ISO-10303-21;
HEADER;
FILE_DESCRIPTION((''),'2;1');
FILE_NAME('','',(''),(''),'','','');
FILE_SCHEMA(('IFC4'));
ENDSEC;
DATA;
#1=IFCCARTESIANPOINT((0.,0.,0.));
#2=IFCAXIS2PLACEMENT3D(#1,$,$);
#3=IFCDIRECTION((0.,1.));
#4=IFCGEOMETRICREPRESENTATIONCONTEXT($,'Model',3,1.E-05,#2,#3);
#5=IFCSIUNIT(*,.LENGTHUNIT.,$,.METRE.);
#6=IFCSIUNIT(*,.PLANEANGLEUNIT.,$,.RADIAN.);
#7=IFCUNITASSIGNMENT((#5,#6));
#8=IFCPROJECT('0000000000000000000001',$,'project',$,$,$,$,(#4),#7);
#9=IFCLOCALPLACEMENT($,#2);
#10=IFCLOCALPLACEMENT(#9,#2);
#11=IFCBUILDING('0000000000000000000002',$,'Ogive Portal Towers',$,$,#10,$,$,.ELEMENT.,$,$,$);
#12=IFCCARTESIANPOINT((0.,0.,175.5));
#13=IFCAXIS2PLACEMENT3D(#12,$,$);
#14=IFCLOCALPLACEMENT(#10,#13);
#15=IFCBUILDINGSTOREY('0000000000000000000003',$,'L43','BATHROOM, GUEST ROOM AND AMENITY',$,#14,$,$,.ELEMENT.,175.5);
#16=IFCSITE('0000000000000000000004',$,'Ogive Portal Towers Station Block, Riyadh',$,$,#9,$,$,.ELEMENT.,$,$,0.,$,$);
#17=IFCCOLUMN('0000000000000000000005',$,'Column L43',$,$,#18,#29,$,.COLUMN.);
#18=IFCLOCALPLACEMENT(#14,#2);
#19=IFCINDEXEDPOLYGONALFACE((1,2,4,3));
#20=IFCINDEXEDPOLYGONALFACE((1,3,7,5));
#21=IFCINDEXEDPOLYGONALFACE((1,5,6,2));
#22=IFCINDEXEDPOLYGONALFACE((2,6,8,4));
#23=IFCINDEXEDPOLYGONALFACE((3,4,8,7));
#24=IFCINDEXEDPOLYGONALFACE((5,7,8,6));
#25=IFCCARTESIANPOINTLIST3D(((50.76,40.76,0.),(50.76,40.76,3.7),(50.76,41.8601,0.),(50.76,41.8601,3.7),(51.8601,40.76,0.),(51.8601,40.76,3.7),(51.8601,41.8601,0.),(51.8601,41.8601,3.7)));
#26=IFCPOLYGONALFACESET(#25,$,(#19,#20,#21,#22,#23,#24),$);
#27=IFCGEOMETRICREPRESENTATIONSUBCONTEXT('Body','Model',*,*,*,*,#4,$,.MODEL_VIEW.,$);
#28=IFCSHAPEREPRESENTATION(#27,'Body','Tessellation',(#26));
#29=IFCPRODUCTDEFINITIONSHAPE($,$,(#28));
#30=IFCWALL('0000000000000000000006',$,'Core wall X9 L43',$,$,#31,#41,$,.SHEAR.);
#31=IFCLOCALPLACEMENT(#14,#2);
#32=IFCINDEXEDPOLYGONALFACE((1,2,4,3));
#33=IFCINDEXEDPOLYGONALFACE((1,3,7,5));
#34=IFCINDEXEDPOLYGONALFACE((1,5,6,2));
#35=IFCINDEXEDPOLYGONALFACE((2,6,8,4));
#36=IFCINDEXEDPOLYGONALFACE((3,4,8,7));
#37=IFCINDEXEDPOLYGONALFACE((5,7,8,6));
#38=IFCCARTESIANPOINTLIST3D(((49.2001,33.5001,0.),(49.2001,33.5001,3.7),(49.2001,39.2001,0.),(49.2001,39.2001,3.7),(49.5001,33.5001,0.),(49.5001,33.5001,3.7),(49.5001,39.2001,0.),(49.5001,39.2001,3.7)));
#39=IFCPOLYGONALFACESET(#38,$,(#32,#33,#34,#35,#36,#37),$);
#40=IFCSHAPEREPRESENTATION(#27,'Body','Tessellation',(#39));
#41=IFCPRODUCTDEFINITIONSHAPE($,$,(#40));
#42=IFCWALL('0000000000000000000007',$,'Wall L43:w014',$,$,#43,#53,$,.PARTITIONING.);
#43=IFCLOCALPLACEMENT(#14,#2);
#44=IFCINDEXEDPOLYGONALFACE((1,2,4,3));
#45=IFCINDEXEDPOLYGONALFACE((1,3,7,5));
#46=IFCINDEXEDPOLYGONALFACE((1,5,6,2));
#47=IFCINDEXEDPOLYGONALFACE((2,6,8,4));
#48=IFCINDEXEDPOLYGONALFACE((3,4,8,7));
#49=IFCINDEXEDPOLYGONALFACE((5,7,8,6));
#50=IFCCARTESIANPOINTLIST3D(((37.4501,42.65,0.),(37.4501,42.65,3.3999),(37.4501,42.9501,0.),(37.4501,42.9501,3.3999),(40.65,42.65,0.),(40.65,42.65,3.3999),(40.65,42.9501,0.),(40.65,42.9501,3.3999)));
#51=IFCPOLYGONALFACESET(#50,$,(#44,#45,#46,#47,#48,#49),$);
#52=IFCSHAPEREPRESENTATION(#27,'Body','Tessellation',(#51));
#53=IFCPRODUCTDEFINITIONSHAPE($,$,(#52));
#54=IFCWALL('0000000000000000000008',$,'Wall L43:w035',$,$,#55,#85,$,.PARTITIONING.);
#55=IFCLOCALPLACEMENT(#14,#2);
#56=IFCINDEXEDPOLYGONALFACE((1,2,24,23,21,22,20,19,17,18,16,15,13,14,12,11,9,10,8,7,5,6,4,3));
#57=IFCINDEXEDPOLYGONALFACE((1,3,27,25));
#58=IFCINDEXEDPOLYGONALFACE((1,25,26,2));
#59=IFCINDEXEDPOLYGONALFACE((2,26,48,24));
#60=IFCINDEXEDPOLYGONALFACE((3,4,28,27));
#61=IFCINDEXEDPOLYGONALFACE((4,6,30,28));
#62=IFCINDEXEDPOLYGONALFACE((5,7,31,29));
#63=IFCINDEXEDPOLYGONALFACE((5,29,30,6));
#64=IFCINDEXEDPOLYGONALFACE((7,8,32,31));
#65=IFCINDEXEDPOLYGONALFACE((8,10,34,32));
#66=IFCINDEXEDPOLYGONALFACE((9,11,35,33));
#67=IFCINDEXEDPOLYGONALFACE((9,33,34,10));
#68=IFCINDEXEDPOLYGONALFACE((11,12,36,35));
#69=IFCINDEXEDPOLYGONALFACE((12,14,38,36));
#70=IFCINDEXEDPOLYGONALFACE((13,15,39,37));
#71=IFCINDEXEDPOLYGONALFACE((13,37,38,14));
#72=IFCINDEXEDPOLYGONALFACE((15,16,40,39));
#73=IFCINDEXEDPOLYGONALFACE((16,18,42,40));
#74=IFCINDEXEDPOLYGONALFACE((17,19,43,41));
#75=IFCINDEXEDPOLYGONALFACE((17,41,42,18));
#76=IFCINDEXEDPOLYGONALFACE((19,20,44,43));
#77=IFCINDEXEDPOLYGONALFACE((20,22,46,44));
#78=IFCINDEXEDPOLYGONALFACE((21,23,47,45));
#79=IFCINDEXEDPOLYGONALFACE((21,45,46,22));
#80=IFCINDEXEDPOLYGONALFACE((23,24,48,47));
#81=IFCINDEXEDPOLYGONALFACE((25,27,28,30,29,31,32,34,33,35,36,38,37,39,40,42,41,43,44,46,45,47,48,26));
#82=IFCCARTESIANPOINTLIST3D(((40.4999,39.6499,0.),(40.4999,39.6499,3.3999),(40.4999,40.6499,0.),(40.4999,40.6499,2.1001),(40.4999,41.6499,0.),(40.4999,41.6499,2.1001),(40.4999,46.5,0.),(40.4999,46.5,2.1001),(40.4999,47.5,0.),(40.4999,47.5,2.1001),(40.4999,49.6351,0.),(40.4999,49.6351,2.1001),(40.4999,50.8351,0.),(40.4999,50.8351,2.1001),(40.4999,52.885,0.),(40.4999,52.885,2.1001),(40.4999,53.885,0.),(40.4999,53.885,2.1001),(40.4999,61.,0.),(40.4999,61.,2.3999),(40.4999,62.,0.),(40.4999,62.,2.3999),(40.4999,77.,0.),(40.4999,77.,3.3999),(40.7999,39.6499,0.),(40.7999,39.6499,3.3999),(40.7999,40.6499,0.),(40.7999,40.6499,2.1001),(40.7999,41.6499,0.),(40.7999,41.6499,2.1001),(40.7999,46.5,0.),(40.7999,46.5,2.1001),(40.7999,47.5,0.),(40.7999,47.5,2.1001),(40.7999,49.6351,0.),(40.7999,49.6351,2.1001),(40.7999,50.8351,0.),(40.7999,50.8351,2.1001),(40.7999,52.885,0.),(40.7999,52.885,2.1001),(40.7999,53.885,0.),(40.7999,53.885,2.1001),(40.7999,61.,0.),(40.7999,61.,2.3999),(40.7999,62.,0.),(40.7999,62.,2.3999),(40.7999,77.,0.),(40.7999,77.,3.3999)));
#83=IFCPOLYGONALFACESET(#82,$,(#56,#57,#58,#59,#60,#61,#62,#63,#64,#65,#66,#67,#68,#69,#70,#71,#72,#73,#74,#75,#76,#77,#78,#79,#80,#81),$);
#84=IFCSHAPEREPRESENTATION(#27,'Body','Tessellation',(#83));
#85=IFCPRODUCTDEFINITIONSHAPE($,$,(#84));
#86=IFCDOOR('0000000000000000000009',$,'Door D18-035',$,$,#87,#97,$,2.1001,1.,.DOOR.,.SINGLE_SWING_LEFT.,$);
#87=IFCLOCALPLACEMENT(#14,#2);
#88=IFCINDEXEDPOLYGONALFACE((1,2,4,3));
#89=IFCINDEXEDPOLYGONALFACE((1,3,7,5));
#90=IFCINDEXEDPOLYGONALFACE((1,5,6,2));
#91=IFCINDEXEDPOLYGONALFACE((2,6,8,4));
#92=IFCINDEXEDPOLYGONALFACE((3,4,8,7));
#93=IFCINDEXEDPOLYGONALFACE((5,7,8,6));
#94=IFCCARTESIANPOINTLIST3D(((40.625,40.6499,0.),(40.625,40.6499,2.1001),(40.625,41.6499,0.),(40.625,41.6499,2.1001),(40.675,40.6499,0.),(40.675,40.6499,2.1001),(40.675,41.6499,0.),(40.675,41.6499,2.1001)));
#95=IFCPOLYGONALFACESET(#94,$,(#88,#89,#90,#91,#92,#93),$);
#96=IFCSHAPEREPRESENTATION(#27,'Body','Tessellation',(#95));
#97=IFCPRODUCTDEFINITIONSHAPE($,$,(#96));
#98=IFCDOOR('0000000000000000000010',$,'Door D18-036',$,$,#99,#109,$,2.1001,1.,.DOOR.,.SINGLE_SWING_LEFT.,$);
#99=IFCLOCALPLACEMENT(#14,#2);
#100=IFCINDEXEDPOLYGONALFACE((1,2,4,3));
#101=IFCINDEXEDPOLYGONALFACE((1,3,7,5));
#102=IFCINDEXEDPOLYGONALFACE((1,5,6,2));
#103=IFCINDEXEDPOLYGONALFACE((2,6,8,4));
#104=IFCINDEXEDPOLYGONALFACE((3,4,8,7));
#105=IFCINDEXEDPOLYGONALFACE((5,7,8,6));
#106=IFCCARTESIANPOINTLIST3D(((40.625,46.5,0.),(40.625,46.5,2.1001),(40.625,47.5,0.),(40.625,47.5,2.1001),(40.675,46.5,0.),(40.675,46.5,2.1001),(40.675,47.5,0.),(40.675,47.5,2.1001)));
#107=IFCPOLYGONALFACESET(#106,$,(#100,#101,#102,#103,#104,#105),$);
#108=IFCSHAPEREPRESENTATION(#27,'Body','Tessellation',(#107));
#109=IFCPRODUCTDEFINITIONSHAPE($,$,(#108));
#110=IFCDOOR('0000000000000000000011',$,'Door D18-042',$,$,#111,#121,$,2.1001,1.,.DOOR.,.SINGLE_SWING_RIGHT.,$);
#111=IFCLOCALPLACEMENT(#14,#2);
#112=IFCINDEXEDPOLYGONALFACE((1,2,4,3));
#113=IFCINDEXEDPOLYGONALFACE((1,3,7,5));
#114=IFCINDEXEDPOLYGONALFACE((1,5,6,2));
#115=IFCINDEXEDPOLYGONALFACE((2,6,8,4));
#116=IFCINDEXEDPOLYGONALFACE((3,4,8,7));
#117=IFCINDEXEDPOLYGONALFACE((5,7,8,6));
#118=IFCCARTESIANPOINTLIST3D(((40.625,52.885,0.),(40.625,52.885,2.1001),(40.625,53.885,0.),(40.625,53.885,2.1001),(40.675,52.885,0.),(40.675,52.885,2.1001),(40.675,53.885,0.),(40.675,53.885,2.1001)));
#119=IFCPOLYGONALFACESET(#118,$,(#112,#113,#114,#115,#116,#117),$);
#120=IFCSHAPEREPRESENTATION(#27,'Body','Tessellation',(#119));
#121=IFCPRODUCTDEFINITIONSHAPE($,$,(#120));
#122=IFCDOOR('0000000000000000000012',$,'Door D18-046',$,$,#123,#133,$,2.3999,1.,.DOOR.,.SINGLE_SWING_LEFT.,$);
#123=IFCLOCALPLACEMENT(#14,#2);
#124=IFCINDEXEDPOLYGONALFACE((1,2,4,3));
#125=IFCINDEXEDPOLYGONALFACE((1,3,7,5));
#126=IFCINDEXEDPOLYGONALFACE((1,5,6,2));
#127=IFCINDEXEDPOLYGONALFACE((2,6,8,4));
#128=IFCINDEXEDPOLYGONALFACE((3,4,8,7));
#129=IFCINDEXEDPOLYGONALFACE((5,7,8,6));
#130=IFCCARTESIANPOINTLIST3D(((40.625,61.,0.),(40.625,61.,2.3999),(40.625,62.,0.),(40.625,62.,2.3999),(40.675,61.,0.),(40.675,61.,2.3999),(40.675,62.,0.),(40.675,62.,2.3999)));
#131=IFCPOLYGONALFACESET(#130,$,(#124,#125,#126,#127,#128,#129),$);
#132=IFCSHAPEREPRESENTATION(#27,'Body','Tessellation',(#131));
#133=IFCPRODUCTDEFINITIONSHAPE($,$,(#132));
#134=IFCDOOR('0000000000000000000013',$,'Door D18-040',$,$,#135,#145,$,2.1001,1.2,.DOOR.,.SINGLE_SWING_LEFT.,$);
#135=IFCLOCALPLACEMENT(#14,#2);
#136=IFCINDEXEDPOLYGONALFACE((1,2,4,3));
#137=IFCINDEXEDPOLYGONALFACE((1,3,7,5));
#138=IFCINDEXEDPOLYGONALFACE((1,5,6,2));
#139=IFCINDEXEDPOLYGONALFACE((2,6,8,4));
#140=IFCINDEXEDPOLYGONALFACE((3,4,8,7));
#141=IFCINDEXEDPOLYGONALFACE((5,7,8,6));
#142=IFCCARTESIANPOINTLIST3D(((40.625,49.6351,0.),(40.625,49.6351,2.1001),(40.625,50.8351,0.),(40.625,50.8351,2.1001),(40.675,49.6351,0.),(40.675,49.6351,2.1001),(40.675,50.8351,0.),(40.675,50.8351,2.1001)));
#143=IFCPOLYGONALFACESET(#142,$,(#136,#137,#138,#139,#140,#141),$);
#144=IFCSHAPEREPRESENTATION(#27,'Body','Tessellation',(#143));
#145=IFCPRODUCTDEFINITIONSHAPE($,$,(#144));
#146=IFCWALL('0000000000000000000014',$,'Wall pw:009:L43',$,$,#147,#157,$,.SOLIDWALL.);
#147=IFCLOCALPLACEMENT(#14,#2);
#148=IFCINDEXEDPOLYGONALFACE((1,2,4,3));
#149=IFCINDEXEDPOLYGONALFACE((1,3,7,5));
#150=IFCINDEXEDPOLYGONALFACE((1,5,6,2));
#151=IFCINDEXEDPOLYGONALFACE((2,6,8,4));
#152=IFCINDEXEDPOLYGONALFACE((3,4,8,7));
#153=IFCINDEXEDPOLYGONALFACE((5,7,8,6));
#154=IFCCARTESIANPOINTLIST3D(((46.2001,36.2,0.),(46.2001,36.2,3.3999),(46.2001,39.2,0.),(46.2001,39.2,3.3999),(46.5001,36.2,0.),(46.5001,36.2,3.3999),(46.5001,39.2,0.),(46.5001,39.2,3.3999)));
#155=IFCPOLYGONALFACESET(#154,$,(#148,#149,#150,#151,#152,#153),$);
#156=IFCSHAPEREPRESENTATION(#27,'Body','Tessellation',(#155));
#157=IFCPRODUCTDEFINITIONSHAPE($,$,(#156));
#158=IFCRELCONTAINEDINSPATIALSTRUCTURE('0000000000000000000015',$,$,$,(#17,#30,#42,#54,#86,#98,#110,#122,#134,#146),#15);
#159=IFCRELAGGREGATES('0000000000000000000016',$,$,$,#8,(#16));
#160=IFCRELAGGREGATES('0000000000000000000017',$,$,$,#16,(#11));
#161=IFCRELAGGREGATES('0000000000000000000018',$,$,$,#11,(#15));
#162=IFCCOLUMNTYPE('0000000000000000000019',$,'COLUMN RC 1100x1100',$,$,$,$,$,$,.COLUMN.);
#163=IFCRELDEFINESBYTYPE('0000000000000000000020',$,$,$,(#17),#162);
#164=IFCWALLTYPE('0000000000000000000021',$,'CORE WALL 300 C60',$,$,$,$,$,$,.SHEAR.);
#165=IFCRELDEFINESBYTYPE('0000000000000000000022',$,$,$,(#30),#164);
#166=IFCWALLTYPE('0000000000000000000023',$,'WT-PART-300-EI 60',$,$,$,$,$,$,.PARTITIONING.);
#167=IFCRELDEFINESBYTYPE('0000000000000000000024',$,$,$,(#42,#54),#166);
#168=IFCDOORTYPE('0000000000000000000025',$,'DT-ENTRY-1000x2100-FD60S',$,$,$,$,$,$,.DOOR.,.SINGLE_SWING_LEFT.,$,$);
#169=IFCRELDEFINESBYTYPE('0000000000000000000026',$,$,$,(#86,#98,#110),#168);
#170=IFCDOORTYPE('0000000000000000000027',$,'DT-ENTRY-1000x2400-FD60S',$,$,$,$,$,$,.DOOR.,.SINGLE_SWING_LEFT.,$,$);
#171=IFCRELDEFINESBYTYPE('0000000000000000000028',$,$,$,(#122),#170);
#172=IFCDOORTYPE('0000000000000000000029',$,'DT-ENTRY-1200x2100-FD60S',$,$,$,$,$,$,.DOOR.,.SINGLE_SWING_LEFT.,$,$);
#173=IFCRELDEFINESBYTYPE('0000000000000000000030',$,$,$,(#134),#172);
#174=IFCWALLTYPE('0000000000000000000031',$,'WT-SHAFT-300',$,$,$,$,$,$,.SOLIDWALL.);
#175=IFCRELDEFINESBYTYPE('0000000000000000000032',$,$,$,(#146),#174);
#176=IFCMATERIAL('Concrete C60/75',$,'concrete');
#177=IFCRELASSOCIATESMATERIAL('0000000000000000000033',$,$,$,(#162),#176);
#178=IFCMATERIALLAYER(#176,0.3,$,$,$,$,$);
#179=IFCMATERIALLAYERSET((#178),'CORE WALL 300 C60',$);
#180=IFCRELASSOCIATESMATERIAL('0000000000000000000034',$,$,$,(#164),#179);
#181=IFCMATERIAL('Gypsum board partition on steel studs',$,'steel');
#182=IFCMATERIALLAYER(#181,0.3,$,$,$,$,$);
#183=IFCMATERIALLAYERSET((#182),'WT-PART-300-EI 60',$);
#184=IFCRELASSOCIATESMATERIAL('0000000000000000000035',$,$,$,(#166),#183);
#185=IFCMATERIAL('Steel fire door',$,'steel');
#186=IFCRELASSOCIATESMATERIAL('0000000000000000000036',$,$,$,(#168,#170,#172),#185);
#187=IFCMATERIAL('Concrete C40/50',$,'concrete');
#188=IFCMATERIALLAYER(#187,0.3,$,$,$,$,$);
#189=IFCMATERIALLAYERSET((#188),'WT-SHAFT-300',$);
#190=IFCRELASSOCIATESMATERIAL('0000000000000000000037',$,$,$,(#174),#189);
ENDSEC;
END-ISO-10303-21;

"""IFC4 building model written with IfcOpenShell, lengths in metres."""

from ifc_helpers import new_model, si_unit, direction, frame, frame_2d, origin, origin_2d, place, context, subcontext, project, spatial, rectangle, extrude, material, layer, layer_set, material_profile, profile_set, type_object, element, fill, save


model = new_model("IFC4")

# Units and contexts
model_context = context("Model", 3, precision=1e-05, world=origin(), true_north=direction((0.0, 1.0)))
body_context = subcontext(model_context, "Body", "Model", "MODEL_VIEW")
ifc_project = project(units=[si_unit("LENGTHUNIT", "METRE"), si_unit("PLANEANGLEUNIT", "RADIAN")], contexts=[model_context])

# Site, building, storey
site_placement = place(None, origin())
site = spatial("IfcSite", under=ifc_project, at=site_placement, Name="Ogive Portal Towers Station Block, Riyadh", CompositionType="ELEMENT", RefElevation=0.0)
building_placement = place(site_placement, origin())
building = spatial("IfcBuilding", under=site, at=building_placement, Name="Ogive Portal Towers", CompositionType="ELEMENT")
storey_placement = place(building_placement, frame((0.0, 0.0, 175.5)))
storey = spatial("IfcBuildingStorey", under=building, at=storey_placement, Name="L43", Description="BATHROOM, GUEST ROOM AND AMENITY", CompositionType="ELEMENT", Elevation=175.5)

# Column
ifc_material_1 = material(Name="Concrete C60/75", Category="concrete")
ifc_material_profile = material_profile(ifc_material_1, rectangle(XDim=1.1001, YDim=1.1001, at=origin_2d()), Name="RC 1100x1100")
ifc_profile_set = profile_set([ifc_material_profile], Name="Concrete C60/75")
column_type = type_object("IfcColumnType", Name="COLUMN RC 1100x1100", PredefinedType="COLUMN", material=ifc_profile_set)
column_placement = place(storey_placement, frame((51.3101, 41.3101, 0.0), z_axis=(0.0, 0.0, 1.0), x_axis=(1.0, 0.0, 0.0)))
element("IfcColumn", 1, at=column_placement, inside=storey, type_object=column_type, Name="Column L43", PredefinedType="COLUMN", context=body_context, shape_type="SweptSolid", body=[
    extrude(rectangle(XDim=1.1001, YDim=1.1001, at=origin_2d()), origin(), (0.0, 0.0, 1.0), 3.7),
])

# Shared definitions
ifc_layer_1 = layer(ifc_material_1, 0.3)
ifc_layer_set_1 = layer_set([ifc_layer_1], Name="CORE WALL 300 C60")
wall_type_1 = type_object("IfcWallType", Name="CORE WALL 300 C60", PredefinedType="SHEAR", material=ifc_layer_set_1)
ifc_material_2 = material(Name="Steel fire door", Category="steel")

# Walls
wall_1_placement = place(storey_placement, frame((49.3501, 33.5, 0.0), z_axis=(0.0, 0.0, 1.0), x_axis=(0.0, 1.0, 0.0)))
element("IfcWall", 2, at=wall_1_placement, inside=storey, type_object=wall_type_1, Name="Core wall X9 L43", PredefinedType="SHEAR", context=body_context, shape_type="SweptSolid", body=[
    extrude(rectangle(XDim=5.7, YDim=0.3, at=frame_2d((2.8501, 0.0))), origin(), (0.0, 0.0, 1.0), 3.7),
])
ifc_material_3 = material(Name="Gypsum board partition on steel studs", Category="steel")
ifc_layer_2 = layer(ifc_material_3, 0.3)
ifc_layer_set_2 = layer_set([ifc_layer_2], Name="WT-PART-300-EI 60")
wall_type_2 = type_object("IfcWallType", Name="WT-PART-300-EI 60", PredefinedType="PARTITIONING", material=ifc_layer_set_2)
wall_2_placement = place(storey_placement, frame((37.45, 42.8, 0.0), z_axis=(0.0, 0.0, 1.0), x_axis=(1.0, 0.0, 0.0)))
element("IfcWall", 3, at=wall_2_placement, inside=storey, type_object=wall_type_2, Name="Wall L43:w014", PredefinedType="PARTITIONING", context=body_context, shape_type="SweptSolid", body=[
    extrude(rectangle(XDim=3.2, YDim=0.3, at=frame_2d((1.6001, 0.0))), origin(), (0.0, 0.0, 1.0), 3.3999),
])

# Wall, openings, doors
wall_3_placement = place(storey_placement, frame((40.6499, 39.6499, 0.0), z_axis=(0.0, 0.0, 1.0), x_axis=(0.0, 1.0, 0.0)))
wall_3 = element("IfcWall", 4, at=wall_3_placement, inside=storey, type_object=wall_type_2, Name="Wall L43:w035", PredefinedType="PARTITIONING", context=body_context, shape_type="SweptSolid", body=[
    extrude(rectangle(XDim=37.3501, YDim=0.3, at=frame_2d((18.675, 0.0))), origin(), (0.0, 0.0, 1.0), 3.3999),
])
opening_1_placement = place(wall_3_placement, frame((1.0, 0.0, 0.0)))
opening_1 = element("IfcOpeningElement", 5, at=opening_1_placement, cuts=wall_3, PredefinedType="OPENING", context=body_context, shape_type="SweptSolid", body=[
    extrude(rectangle(XDim=1.0, YDim=2.1001, at=frame_2d((0.5, 1.05))), frame((0.0, 0.1602, 0.0), z_axis=(0.0, -1.0, 0.0), x_axis=(1.0, 0.0, 0.0)), (0.0, 0.0, 1.0), 0.3201),
])
opening_2_placement = place(wall_3_placement, frame((6.8501, 0.0, 0.0)))
opening_2 = element("IfcOpeningElement", 6, at=opening_2_placement, cuts=wall_3, PredefinedType="OPENING", context=body_context, shape_type="SweptSolid", body=[
    extrude(rectangle(XDim=1.0, YDim=2.1001, at=frame_2d((0.5, 1.05))), frame((0.0, 0.1602, 0.0), z_axis=(0.0, -1.0, 0.0), x_axis=(1.0, 0.0, 0.0)), (0.0, 0.0, 1.0), 0.3201),
])
opening_3_placement = place(wall_3_placement, frame((9.9851, 0.0, 0.0)))
opening_3 = element("IfcOpeningElement", 7, at=opening_3_placement, cuts=wall_3, PredefinedType="OPENING", context=body_context, shape_type="SweptSolid", body=[
    extrude(rectangle(XDim=1.2, YDim=2.1001, at=frame_2d((0.6001, 1.05))), frame((0.0, 0.1602, 0.0), z_axis=(0.0, -1.0, 0.0), x_axis=(1.0, 0.0, 0.0)), (0.0, 0.0, 1.0), 0.3201),
])
opening_4_placement = place(wall_3_placement, frame((13.2351, 0.0, 0.0)))
opening_4 = element("IfcOpeningElement", 8, at=opening_4_placement, cuts=wall_3, PredefinedType="OPENING", context=body_context, shape_type="SweptSolid", body=[
    extrude(rectangle(XDim=1.0, YDim=2.1001, at=frame_2d((0.5, 1.05))), frame((0.0, 0.1602, 0.0), z_axis=(0.0, -1.0, 0.0), x_axis=(1.0, 0.0, 0.0)), (0.0, 0.0, 1.0), 0.3201),
])
opening_5_placement = place(wall_3_placement, frame((21.3501, 0.0, 0.0)))
opening_5 = element("IfcOpeningElement", 9, at=opening_5_placement, cuts=wall_3, PredefinedType="OPENING", context=body_context, shape_type="SweptSolid", body=[
    extrude(rectangle(XDim=1.0, YDim=2.3999, at=frame_2d((0.5, 1.2))), frame((0.0, 0.1602, 0.0), z_axis=(0.0, -1.0, 0.0), x_axis=(1.0, 0.0, 0.0)), (0.0, 0.0, 1.0), 0.3201),
])
door_type_1 = type_object("IfcDoorType", Name="DT-ENTRY-1000x2100-FD60S", OperationType="SINGLE_SWING_LEFT", PredefinedType="DOOR", material=ifc_material_2)
door_1_placement = place(opening_1_placement, origin())
door_1 = element("IfcDoor", 10, at=door_1_placement, inside=storey, type_object=door_type_1, Name="Door D18-035", OperationType="SINGLE_SWING_LEFT", OverallHeight=2.1001, OverallWidth=1.0, PredefinedType="DOOR", context=body_context, shape_type="SweptSolid", body=[
    extrude(rectangle(XDim=1.0, YDim=2.1001, at=frame_2d((0.5, 1.05))), frame((0.0, 0.0249, 0.0), z_axis=(0.0, -1.0, 0.0), x_axis=(1.0, 0.0, 0.0)), (0.0, 0.0, 1.0), 0.05),
])
fill(opening_1, door_1)
door_2_placement = place(opening_2_placement, origin())
door_2 = element("IfcDoor", 11, at=door_2_placement, inside=storey, type_object=door_type_1, Name="Door D18-036", OperationType="SINGLE_SWING_LEFT", OverallHeight=2.1001, OverallWidth=1.0, PredefinedType="DOOR", context=body_context, shape_type="SweptSolid", body=[
    extrude(rectangle(XDim=1.0, YDim=2.1001, at=frame_2d((0.5, 1.05))), frame((0.0, 0.0249, 0.0), z_axis=(0.0, -1.0, 0.0), x_axis=(1.0, 0.0, 0.0)), (0.0, 0.0, 1.0), 0.05),
])
fill(opening_2, door_2)
door_3_placement = place(opening_4_placement, origin())
door_3 = element("IfcDoor", 12, at=door_3_placement, inside=storey, type_object=door_type_1, Name="Door D18-042", OperationType="SINGLE_SWING_RIGHT", OverallHeight=2.1001, OverallWidth=1.0, PredefinedType="DOOR", context=body_context, shape_type="SweptSolid", body=[
    extrude(rectangle(XDim=1.0, YDim=2.1001, at=frame_2d((0.5, 1.05))), frame((0.0, 0.0249, 0.0), z_axis=(0.0, -1.0, 0.0), x_axis=(1.0, 0.0, 0.0)), (0.0, 0.0, 1.0), 0.05),
])
fill(opening_4, door_3)
door_type_2 = type_object("IfcDoorType", Name="DT-ENTRY-1000x2400-FD60S", OperationType="SINGLE_SWING_LEFT", PredefinedType="DOOR", material=ifc_material_2)
door_4_placement = place(opening_5_placement, origin())
door_4 = element("IfcDoor", 13, at=door_4_placement, inside=storey, type_object=door_type_2, Name="Door D18-046", OperationType="SINGLE_SWING_LEFT", OverallHeight=2.3999, OverallWidth=1.0, PredefinedType="DOOR", context=body_context, shape_type="SweptSolid", body=[
    extrude(rectangle(XDim=1.0, YDim=2.3999, at=frame_2d((0.5, 1.2))), frame((0.0, 0.0249, 0.0), z_axis=(0.0, -1.0, 0.0), x_axis=(1.0, 0.0, 0.0)), (0.0, 0.0, 1.0), 0.05),
])
fill(opening_5, door_4)
door_type_3 = type_object("IfcDoorType", Name="DT-ENTRY-1200x2100-FD60S", OperationType="SINGLE_SWING_LEFT", PredefinedType="DOOR", material=ifc_material_2)
door_5_placement = place(opening_3_placement, origin())
door_5 = element("IfcDoor", 14, at=door_5_placement, inside=storey, type_object=door_type_3, Name="Door D18-040", OperationType="SINGLE_SWING_LEFT", OverallHeight=2.1001, OverallWidth=1.2, PredefinedType="DOOR", context=body_context, shape_type="SweptSolid", body=[
    extrude(rectangle(XDim=1.2, YDim=2.1001, at=frame_2d((0.6001, 1.05))), frame((0.0, 0.0249, 0.0), z_axis=(0.0, -1.0, 0.0), x_axis=(1.0, 0.0, 0.0)), (0.0, 0.0, 1.0), 0.05),
])
fill(opening_3, door_5)

# Wall
ifc_material_4 = material(Name="Concrete C40/50", Category="concrete")
ifc_layer_3 = layer(ifc_material_4, 0.3)
ifc_layer_set_3 = layer_set([ifc_layer_3], Name="WT-SHAFT-300")
wall_type_3 = type_object("IfcWallType", Name="WT-SHAFT-300", PredefinedType="SOLIDWALL", material=ifc_layer_set_3)
wall_4_placement = place(storey_placement, frame((46.3501, 36.2, 0.0), z_axis=(0.0, 0.0, 1.0), x_axis=(0.0, 1.0, 0.0)))
element("IfcWall", 15, at=wall_4_placement, inside=storey, type_object=wall_type_3, Name="Wall pw:009:L43", PredefinedType="SOLIDWALL", context=body_context, shape_type="SweptSolid", body=[
    extrude(rectangle(XDim=3.0, YDim=0.3, at=frame_2d((1.5, 0.0))), origin(), (0.0, 0.0, 1.0), 3.3999),
])

save(model, "model.ifc")
